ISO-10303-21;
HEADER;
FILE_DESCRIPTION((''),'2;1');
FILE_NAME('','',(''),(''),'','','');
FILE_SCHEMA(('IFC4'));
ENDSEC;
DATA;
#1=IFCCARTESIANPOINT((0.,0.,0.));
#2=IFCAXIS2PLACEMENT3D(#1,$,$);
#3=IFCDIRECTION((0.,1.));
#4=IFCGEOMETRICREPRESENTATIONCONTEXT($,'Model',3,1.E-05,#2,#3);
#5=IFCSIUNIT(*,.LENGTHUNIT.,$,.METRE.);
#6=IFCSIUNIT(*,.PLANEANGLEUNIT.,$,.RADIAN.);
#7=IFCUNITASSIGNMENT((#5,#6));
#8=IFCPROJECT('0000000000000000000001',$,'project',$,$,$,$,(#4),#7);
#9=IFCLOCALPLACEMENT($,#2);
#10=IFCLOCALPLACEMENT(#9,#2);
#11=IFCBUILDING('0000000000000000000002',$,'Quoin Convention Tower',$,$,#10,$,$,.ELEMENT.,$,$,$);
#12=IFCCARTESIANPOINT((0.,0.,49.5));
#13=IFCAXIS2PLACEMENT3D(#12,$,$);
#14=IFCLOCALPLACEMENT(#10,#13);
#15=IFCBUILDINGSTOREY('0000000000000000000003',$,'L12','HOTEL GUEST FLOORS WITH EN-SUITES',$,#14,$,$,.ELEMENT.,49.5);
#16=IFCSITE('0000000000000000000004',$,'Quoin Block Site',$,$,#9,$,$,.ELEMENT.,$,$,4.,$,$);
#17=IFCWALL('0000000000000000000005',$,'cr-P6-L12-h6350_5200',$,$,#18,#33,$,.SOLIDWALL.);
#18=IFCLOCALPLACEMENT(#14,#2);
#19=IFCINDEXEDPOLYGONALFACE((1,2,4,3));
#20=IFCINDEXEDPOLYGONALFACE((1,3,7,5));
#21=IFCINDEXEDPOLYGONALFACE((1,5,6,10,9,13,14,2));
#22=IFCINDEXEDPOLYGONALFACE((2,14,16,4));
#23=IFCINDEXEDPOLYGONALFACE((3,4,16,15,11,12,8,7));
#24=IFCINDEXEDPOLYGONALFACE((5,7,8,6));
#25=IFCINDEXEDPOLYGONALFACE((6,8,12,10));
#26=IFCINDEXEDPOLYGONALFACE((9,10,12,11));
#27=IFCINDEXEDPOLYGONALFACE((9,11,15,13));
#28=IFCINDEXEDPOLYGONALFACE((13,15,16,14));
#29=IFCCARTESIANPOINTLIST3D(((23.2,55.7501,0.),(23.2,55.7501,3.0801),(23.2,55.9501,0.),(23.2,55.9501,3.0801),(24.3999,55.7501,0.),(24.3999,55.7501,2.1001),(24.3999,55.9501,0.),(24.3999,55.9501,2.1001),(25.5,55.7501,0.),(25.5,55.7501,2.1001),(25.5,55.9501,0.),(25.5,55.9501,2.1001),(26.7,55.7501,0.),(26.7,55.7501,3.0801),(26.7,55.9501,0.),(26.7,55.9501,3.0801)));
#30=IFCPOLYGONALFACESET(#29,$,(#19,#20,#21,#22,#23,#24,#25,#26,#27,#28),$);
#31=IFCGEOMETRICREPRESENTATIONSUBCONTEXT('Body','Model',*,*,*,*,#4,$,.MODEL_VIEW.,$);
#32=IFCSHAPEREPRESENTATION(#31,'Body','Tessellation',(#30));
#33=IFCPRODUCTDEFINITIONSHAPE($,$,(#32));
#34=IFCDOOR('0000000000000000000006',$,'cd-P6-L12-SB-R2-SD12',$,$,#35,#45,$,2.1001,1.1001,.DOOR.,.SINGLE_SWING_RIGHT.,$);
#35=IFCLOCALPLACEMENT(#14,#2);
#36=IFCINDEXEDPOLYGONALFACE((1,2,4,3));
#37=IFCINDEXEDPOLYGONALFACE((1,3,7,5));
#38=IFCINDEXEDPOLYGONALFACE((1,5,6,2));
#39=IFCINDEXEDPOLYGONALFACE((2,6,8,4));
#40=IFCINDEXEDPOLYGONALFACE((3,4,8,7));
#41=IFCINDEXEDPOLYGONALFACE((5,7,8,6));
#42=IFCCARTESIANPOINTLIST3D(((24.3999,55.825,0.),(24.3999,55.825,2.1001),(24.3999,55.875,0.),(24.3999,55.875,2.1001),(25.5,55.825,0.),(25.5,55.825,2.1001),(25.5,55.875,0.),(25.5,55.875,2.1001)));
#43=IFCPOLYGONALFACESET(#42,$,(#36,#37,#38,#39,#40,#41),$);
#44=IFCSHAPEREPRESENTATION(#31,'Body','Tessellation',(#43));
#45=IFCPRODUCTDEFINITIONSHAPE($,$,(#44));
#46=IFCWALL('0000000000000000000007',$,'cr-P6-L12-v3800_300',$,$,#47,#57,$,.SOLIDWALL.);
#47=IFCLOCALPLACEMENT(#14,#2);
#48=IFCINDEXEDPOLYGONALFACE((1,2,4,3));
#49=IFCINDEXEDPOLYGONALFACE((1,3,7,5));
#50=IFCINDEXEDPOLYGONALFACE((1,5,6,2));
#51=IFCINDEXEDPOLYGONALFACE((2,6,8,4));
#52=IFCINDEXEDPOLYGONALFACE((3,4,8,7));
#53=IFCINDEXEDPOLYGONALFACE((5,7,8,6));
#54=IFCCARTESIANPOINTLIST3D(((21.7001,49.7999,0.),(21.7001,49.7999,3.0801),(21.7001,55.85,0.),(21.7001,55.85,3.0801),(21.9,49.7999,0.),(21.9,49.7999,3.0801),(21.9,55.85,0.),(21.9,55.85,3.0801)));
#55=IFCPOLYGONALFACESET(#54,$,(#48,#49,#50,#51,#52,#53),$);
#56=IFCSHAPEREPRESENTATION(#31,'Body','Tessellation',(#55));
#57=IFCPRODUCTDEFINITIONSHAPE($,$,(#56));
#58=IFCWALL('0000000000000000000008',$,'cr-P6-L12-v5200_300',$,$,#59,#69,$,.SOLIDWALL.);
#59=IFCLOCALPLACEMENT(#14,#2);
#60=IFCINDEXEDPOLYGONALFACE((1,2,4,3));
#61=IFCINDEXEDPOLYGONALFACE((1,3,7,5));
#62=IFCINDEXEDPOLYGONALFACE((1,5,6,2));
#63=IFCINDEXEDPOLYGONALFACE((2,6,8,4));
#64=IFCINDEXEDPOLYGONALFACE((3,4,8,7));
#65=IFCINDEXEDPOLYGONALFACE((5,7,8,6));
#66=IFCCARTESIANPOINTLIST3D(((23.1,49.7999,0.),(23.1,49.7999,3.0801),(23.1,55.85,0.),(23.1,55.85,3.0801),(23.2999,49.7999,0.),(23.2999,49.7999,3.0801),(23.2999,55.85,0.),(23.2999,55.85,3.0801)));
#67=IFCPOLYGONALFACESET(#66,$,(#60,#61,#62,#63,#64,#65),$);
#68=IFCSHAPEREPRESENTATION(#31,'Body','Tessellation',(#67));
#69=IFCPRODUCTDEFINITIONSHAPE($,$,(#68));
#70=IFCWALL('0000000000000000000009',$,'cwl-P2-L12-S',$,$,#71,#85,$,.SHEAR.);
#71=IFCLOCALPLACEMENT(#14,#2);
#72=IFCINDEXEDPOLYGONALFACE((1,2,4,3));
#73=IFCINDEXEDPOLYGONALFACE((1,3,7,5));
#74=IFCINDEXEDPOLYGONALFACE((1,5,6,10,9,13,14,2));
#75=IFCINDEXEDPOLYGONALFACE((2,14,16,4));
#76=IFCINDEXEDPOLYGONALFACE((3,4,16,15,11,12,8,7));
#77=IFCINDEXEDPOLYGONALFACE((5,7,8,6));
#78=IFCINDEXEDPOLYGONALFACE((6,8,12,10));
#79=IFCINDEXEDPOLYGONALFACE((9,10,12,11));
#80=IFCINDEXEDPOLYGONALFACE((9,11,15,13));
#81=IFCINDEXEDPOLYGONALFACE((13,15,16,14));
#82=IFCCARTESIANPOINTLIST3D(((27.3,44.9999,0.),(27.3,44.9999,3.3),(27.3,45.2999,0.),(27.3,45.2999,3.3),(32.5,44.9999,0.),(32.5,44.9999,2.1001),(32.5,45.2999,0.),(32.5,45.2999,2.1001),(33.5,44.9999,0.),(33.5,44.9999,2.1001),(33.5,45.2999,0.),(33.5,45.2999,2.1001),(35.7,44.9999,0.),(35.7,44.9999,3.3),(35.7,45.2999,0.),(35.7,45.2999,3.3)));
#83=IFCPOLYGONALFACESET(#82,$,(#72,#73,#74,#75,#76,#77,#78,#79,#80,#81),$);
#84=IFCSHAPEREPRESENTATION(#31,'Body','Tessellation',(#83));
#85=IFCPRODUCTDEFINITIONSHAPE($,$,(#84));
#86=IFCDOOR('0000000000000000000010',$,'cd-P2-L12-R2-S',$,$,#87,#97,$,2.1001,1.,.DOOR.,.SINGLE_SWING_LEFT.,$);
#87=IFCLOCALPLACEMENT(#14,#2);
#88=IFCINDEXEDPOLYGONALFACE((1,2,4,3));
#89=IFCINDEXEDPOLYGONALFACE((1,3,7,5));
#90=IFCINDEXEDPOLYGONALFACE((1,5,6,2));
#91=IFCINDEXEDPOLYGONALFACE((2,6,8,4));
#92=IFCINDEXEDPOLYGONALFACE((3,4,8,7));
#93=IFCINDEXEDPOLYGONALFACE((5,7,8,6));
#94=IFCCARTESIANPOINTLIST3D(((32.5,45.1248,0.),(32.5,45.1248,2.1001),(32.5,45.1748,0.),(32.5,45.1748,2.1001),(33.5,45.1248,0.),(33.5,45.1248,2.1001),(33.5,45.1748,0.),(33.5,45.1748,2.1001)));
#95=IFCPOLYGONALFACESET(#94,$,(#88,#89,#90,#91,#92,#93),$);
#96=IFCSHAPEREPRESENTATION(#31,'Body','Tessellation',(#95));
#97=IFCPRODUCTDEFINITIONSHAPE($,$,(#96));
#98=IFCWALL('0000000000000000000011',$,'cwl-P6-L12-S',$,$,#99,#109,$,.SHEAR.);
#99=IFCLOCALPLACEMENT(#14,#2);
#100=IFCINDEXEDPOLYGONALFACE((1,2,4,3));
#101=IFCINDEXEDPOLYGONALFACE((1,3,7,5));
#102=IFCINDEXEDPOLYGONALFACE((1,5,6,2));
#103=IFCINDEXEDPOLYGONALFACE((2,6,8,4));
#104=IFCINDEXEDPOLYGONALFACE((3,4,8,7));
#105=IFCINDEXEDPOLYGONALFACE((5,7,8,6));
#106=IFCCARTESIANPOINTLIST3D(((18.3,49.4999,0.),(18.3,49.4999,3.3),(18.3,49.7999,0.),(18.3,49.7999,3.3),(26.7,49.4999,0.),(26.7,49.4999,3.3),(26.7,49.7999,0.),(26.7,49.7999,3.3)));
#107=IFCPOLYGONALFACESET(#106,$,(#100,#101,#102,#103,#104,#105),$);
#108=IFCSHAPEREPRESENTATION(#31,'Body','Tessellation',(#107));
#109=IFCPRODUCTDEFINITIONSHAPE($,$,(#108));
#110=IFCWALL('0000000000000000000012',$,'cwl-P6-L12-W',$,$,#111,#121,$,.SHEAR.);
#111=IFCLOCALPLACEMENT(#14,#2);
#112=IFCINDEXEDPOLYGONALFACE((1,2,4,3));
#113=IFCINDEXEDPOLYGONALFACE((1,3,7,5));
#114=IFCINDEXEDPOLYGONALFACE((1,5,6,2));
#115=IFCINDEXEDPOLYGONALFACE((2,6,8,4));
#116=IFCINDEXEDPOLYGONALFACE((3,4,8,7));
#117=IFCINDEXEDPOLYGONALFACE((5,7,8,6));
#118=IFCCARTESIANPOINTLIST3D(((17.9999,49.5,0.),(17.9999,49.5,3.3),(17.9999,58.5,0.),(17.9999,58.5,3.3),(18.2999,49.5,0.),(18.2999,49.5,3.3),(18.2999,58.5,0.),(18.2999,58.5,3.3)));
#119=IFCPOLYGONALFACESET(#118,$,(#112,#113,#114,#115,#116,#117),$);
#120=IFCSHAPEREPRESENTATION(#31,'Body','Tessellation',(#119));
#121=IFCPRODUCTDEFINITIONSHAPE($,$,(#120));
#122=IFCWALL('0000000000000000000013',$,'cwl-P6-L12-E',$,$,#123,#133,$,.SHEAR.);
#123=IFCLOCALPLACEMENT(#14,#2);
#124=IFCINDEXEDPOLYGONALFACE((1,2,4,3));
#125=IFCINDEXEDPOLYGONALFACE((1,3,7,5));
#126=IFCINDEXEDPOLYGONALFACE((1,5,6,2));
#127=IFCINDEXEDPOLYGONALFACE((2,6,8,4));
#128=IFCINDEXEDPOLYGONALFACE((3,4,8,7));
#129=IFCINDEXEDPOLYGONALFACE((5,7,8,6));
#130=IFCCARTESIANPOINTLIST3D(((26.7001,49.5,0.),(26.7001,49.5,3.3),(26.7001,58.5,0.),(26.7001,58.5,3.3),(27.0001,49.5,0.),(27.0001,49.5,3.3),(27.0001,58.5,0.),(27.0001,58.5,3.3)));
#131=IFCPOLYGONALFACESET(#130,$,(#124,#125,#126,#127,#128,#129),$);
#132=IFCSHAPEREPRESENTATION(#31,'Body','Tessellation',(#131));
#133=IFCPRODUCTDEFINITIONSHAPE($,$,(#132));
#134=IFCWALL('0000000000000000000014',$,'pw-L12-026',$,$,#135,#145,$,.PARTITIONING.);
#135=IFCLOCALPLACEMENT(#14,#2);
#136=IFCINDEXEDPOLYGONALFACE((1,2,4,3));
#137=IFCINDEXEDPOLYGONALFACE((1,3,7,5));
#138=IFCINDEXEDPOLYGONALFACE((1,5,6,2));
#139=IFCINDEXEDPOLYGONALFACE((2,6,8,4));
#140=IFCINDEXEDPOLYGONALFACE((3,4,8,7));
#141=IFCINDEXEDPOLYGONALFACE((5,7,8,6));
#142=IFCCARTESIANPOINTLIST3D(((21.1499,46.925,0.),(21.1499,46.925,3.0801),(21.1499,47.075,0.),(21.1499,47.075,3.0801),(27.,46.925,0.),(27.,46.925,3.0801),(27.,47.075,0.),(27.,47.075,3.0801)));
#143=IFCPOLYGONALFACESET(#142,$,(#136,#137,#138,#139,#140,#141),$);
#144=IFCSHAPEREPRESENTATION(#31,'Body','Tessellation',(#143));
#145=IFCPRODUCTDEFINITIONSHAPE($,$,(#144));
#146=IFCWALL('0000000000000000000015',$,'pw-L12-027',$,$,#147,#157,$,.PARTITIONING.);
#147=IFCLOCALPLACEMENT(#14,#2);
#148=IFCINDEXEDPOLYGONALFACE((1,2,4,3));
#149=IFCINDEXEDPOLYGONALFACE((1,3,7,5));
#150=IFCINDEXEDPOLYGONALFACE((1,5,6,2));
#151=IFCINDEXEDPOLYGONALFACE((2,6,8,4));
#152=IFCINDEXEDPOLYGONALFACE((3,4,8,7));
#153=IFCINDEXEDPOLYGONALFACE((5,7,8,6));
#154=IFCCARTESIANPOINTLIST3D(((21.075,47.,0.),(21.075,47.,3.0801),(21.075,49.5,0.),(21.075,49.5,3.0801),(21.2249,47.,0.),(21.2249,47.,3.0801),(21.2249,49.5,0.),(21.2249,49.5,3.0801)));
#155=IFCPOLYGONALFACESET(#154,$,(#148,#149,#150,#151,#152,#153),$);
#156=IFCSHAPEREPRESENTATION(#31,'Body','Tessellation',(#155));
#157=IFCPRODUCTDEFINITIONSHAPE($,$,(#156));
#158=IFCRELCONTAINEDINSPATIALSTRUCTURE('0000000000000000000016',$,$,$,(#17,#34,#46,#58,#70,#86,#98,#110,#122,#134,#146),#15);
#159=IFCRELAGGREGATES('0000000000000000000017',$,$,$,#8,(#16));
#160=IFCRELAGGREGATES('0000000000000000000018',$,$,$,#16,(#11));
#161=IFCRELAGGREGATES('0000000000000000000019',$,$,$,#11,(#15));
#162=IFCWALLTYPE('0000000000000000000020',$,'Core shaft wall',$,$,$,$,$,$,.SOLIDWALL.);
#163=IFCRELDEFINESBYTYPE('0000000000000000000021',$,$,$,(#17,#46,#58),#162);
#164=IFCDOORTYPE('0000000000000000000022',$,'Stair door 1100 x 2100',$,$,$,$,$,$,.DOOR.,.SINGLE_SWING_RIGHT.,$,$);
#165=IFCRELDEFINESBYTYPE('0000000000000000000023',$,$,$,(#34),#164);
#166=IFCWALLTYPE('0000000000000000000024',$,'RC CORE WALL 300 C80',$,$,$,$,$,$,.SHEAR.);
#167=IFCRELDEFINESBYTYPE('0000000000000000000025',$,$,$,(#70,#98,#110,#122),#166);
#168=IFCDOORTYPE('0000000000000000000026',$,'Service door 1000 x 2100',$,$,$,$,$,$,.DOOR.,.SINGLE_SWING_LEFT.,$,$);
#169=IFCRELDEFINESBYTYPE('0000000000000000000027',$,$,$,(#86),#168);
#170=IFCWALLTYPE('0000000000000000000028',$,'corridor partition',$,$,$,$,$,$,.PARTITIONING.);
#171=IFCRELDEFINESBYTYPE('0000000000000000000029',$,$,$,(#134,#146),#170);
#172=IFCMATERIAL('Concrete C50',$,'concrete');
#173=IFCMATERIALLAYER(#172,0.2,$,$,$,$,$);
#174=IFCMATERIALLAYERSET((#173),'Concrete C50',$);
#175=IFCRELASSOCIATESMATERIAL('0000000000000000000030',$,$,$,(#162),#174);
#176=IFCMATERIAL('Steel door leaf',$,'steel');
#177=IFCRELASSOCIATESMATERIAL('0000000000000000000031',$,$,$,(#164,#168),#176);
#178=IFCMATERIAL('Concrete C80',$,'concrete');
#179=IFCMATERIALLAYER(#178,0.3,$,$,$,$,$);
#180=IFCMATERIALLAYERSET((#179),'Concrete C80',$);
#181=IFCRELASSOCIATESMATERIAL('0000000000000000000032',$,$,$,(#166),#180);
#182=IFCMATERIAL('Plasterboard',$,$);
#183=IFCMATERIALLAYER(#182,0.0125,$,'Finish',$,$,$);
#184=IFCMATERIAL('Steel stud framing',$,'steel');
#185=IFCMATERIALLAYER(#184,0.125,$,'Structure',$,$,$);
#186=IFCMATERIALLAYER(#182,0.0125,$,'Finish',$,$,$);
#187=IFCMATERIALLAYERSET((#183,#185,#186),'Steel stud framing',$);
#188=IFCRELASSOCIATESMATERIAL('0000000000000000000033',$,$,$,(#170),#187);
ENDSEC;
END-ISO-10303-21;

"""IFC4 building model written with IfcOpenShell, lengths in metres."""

from ifc_helpers import new_model, si_unit, direction, frame, frame_2d, origin, place, context, subcontext, project, spatial, rectangle, extrude, material, layer, layer_set, type_object, element, fill, save


model = new_model("IFC4")

# Units and contexts
model_context = context("Model", 3, precision=1e-05, world=origin(), true_north=direction((0.0, 1.0)))
body_context = subcontext(model_context, "Body", "Model", "MODEL_VIEW")
ifc_project = project(units=[si_unit("LENGTHUNIT", "METRE"), si_unit("PLANEANGLEUNIT", "RADIAN")], contexts=[model_context])

# Site, building, storey
site_placement = place(None, origin())
site = spatial("IfcSite", under=ifc_project, at=site_placement, Name="Quoin Block Site", CompositionType="ELEMENT", RefElevation=4.0)
building_placement = place(site_placement, origin())
building = spatial("IfcBuilding", under=site, at=building_placement, Name="Quoin Convention Tower", CompositionType="ELEMENT")
storey_placement = place(building_placement, frame((0.0, 0.0, 49.5)))
storey = spatial("IfcBuildingStorey", under=building, at=storey_placement, Name="L12", Description="HOTEL GUEST FLOORS WITH EN-SUITES", CompositionType="ELEMENT", Elevation=49.5)

# Shared definitions
ifc_material_1 = material(Name="Concrete C80", Category="concrete")

# Shared definitions
ifc_material_2 = material(Name="Concrete C50", Category="concrete")
ifc_layer_1 = layer(ifc_material_2, 0.2)
ifc_layer_set_1 = layer_set([ifc_layer_1], Name="Concrete C50")
wall_type_1 = type_object("IfcWallType", Name="Core shaft wall", PredefinedType="SOLIDWALL", material=ifc_layer_set_1)

# Wall, opening, door
ifc_material_3 = material(Name="Steel door leaf", Category="steel")
door_type_1 = type_object("IfcDoorType", Name="Stair door 1100 x 2100", OperationType="SINGLE_SWING_RIGHT", PredefinedType="DOOR", material=ifc_material_3)
wall_1_placement = place(storey_placement, frame((23.2, 55.8501, 0.0), z_axis=(0.0, 0.0, 1.0), x_axis=(1.0, 0.0, 0.0)))
wall_1 = element("IfcWall", 1, at=wall_1_placement, inside=storey, type_object=wall_type_1, Name="cr-P6-L12-h6350_5200", PredefinedType="SOLIDWALL", context=body_context, shape_type="SweptSolid", body=[
    extrude(rectangle(XDim=3.5, YDim=0.2, at=frame_2d((1.75, 0.0))), origin(), (0.0, 0.0, 1.0), 3.0801),
])
opening_1_placement = place(wall_1_placement, frame((1.2, 0.0, 0.0)))
opening_1 = element("IfcOpeningElement", 2, at=opening_1_placement, cuts=wall_1, PredefinedType="OPENING", context=body_context, shape_type="SweptSolid", body=[
    extrude(rectangle(XDim=1.1001, YDim=2.1001, at=frame_2d((0.55, 1.05))), frame((0.0, 0.1099, 0.0), z_axis=(0.0, -1.0, 0.0), x_axis=(1.0, 0.0, 0.0)), (0.0, 0.0, 1.0), 0.22),
])
door_1_placement = place(opening_1_placement, origin())
door_1 = element("IfcDoor", 3, at=door_1_placement, inside=storey, type_object=door_type_1, Name="cd-P6-L12-SB-R2-SD12", OperationType="SINGLE_SWING_RIGHT", OverallHeight=2.1001, OverallWidth=1.1001, PredefinedType="DOOR", context=body_context, shape_type="SweptSolid", body=[
    extrude(rectangle(XDim=1.1001, YDim=2.1001, at=frame_2d((0.55, 1.05))), frame((0.0, 0.0249, 0.0), z_axis=(0.0, -1.0, 0.0), x_axis=(1.0, 0.0, 0.0)), (0.0, 0.0, 1.0), 0.05),
])
fill(opening_1, door_1)

# Walls
for number, where, z_axis, x_axis, name in (
    (4, (21.8, 49.8, 0.0), (0.0, 0.0, 1.0), (0.0, 1.0, 0.0), "cr-P6-L12-v3800_300"),
    (5, (23.2, 49.8, 0.0), (0.0, 0.0, 1.0), (0.0, 1.0, 0.0), "cr-P6-L12-v5200_300"),
):
    element("IfcWall", number, at=place(storey_placement, frame(where, z_axis=z_axis, x_axis=x_axis)), inside=storey, type_object=wall_type_1, Name=name, PredefinedType="SOLIDWALL", context=body_context, shape_type="SweptSolid", body=[
        extrude(rectangle(XDim=6.05, YDim=0.2, at=frame_2d((3.0249, 0.0))), origin(), (0.0, 0.0, 1.0), 3.0801),
    ])

# Wall, opening, door
ifc_layer_2 = layer(ifc_material_1, 0.3)
ifc_layer_set_2 = layer_set([ifc_layer_2], Name="Concrete C80")
wall_type_2 = type_object("IfcWallType", Name="RC CORE WALL 300 C80", PredefinedType="SHEAR", material=ifc_layer_set_2)
wall_2_placement = place(storey_placement, frame((27.3, 45.1499, 0.0), z_axis=(0.0, 0.0, 1.0), x_axis=(1.0, 0.0, 0.0)))
wall_2 = element("IfcWall", 6, at=wall_2_placement, inside=storey, type_object=wall_type_2, Name="cwl-P2-L12-S", PredefinedType="SHEAR", context=body_context, shape_type="SweptSolid", body=[
    extrude(rectangle(XDim=8.3999, YDim=0.3, at=frame_2d((4.2, 0.0))), origin(), (0.0, 0.0, 1.0), 3.3),
])
opening_2_placement = place(wall_2_placement, frame((5.2, 0.0, 0.0)))
opening_2 = element("IfcOpeningElement", 7, at=opening_2_placement, cuts=wall_2, PredefinedType="OPENING", context=body_context, shape_type="SweptSolid", body=[
    extrude(rectangle(XDim=1.0, YDim=2.1001, at=frame_2d((0.5, 1.05))), frame((0.0, 0.1599, 0.0), z_axis=(0.0, -1.0, 0.0), x_axis=(1.0, 0.0, 0.0)), (0.0, 0.0, 1.0), 0.3201),
])
door_type_2 = type_object("IfcDoorType", Name="Service door 1000 x 2100", OperationType="SINGLE_SWING_LEFT", PredefinedType="DOOR", material=ifc_material_3)
door_2_placement = place(opening_2_placement, origin())
door_2 = element("IfcDoor", 8, at=door_2_placement, inside=storey, type_object=door_type_2, Name="cd-P2-L12-R2-S", OperationType="SINGLE_SWING_LEFT", OverallHeight=2.1001, OverallWidth=1.0, PredefinedType="DOOR", context=body_context, shape_type="SweptSolid", body=[
    extrude(rectangle(XDim=1.0, YDim=2.1001, at=frame_2d((0.5, 1.05))), frame((0.0, 0.0249, 0.0), z_axis=(0.0, -1.0, 0.0), x_axis=(1.0, 0.0, 0.0)), (0.0, 0.0, 1.0), 0.05),
])
fill(opening_2, door_2)

# Walls
wall_3_placement = place(storey_placement, frame((18.3, 49.6499, 0.0), z_axis=(0.0, 0.0, 1.0), x_axis=(1.0, 0.0, 0.0)))
element("IfcWall", 9, at=wall_3_placement, inside=storey, type_object=wall_type_2, Name="cwl-P6-L12-S", PredefinedType="SHEAR", context=body_context, shape_type="SweptSolid", body=[
    extrude(rectangle(XDim=8.3999, YDim=0.3, at=frame_2d((4.2, 0.0))), origin(), (0.0, 0.0, 1.0), 3.3),
])
for number, where, z_axis, x_axis, name in (
    (10, (18.1499, 49.5, 0.0), (0.0, 0.0, 1.0), (0.0, 1.0, 0.0), "cwl-P6-L12-W"),
    (11, (26.8501, 49.5, 0.0), (0.0, 0.0, 1.0), (0.0, 1.0, 0.0), "cwl-P6-L12-E"),
):
    element("IfcWall", number, at=place(storey_placement, frame(where, z_axis=z_axis, x_axis=x_axis)), inside=storey, type_object=wall_type_2, Name=name, PredefinedType="SHEAR", context=body_context, shape_type="SweptSolid", body=[
        extrude(rectangle(XDim=9.0, YDim=0.3, at=frame_2d((4.5, 0.0))), origin(), (0.0, 0.0, 1.0), 3.3),
    ])
ifc_material_4 = material(Name="Plasterboard")
ifc_layer_3 = layer(ifc_material_4, 0.0125, Name="Finish")
ifc_material_5 = material(Name="Steel stud framing", Category="steel")
ifc_layer_4 = layer(ifc_material_5, 0.125, Name="Structure")
ifc_layer_5 = layer(ifc_material_4, 0.0125, Name="Finish")
ifc_layer_set_3 = layer_set([ifc_layer_3, ifc_layer_4, ifc_layer_5], Name="Steel stud framing")
wall_type_3 = type_object("IfcWallType", Name="corridor partition", PredefinedType="PARTITIONING", material=ifc_layer_set_3)
wall_4_placement = place(storey_placement, frame((21.1499, 47.0, 0.0), z_axis=(0.0, 0.0, 1.0), x_axis=(1.0, 0.0, 0.0)))
element("IfcWall", 12, at=wall_4_placement, inside=storey, type_object=wall_type_3, Name="pw-L12-026", PredefinedType="PARTITIONING", context=body_context, shape_type="SweptSolid", body=[
    extrude(rectangle(XDim=5.8501, YDim=0.1499, at=frame_2d((2.925, 0.0))), origin(), (0.0, 0.0, 1.0), 3.0801),
])
wall_5_placement = place(storey_placement, frame((21.1499, 47.0, 0.0), z_axis=(0.0, 0.0, 1.0), x_axis=(0.0, 1.0, 0.0)))
element("IfcWall", 13, at=wall_5_placement, inside=storey, type_object=wall_type_3, Name="pw-L12-027", PredefinedType="PARTITIONING", context=body_context, shape_type="SweptSolid", body=[
    extrude(rectangle(XDim=2.5, YDim=0.1499, at=frame_2d((1.25, 0.0))), origin(), (0.0, 0.0, 1.0), 3.0801),
])

save(model, "model.ifc")
